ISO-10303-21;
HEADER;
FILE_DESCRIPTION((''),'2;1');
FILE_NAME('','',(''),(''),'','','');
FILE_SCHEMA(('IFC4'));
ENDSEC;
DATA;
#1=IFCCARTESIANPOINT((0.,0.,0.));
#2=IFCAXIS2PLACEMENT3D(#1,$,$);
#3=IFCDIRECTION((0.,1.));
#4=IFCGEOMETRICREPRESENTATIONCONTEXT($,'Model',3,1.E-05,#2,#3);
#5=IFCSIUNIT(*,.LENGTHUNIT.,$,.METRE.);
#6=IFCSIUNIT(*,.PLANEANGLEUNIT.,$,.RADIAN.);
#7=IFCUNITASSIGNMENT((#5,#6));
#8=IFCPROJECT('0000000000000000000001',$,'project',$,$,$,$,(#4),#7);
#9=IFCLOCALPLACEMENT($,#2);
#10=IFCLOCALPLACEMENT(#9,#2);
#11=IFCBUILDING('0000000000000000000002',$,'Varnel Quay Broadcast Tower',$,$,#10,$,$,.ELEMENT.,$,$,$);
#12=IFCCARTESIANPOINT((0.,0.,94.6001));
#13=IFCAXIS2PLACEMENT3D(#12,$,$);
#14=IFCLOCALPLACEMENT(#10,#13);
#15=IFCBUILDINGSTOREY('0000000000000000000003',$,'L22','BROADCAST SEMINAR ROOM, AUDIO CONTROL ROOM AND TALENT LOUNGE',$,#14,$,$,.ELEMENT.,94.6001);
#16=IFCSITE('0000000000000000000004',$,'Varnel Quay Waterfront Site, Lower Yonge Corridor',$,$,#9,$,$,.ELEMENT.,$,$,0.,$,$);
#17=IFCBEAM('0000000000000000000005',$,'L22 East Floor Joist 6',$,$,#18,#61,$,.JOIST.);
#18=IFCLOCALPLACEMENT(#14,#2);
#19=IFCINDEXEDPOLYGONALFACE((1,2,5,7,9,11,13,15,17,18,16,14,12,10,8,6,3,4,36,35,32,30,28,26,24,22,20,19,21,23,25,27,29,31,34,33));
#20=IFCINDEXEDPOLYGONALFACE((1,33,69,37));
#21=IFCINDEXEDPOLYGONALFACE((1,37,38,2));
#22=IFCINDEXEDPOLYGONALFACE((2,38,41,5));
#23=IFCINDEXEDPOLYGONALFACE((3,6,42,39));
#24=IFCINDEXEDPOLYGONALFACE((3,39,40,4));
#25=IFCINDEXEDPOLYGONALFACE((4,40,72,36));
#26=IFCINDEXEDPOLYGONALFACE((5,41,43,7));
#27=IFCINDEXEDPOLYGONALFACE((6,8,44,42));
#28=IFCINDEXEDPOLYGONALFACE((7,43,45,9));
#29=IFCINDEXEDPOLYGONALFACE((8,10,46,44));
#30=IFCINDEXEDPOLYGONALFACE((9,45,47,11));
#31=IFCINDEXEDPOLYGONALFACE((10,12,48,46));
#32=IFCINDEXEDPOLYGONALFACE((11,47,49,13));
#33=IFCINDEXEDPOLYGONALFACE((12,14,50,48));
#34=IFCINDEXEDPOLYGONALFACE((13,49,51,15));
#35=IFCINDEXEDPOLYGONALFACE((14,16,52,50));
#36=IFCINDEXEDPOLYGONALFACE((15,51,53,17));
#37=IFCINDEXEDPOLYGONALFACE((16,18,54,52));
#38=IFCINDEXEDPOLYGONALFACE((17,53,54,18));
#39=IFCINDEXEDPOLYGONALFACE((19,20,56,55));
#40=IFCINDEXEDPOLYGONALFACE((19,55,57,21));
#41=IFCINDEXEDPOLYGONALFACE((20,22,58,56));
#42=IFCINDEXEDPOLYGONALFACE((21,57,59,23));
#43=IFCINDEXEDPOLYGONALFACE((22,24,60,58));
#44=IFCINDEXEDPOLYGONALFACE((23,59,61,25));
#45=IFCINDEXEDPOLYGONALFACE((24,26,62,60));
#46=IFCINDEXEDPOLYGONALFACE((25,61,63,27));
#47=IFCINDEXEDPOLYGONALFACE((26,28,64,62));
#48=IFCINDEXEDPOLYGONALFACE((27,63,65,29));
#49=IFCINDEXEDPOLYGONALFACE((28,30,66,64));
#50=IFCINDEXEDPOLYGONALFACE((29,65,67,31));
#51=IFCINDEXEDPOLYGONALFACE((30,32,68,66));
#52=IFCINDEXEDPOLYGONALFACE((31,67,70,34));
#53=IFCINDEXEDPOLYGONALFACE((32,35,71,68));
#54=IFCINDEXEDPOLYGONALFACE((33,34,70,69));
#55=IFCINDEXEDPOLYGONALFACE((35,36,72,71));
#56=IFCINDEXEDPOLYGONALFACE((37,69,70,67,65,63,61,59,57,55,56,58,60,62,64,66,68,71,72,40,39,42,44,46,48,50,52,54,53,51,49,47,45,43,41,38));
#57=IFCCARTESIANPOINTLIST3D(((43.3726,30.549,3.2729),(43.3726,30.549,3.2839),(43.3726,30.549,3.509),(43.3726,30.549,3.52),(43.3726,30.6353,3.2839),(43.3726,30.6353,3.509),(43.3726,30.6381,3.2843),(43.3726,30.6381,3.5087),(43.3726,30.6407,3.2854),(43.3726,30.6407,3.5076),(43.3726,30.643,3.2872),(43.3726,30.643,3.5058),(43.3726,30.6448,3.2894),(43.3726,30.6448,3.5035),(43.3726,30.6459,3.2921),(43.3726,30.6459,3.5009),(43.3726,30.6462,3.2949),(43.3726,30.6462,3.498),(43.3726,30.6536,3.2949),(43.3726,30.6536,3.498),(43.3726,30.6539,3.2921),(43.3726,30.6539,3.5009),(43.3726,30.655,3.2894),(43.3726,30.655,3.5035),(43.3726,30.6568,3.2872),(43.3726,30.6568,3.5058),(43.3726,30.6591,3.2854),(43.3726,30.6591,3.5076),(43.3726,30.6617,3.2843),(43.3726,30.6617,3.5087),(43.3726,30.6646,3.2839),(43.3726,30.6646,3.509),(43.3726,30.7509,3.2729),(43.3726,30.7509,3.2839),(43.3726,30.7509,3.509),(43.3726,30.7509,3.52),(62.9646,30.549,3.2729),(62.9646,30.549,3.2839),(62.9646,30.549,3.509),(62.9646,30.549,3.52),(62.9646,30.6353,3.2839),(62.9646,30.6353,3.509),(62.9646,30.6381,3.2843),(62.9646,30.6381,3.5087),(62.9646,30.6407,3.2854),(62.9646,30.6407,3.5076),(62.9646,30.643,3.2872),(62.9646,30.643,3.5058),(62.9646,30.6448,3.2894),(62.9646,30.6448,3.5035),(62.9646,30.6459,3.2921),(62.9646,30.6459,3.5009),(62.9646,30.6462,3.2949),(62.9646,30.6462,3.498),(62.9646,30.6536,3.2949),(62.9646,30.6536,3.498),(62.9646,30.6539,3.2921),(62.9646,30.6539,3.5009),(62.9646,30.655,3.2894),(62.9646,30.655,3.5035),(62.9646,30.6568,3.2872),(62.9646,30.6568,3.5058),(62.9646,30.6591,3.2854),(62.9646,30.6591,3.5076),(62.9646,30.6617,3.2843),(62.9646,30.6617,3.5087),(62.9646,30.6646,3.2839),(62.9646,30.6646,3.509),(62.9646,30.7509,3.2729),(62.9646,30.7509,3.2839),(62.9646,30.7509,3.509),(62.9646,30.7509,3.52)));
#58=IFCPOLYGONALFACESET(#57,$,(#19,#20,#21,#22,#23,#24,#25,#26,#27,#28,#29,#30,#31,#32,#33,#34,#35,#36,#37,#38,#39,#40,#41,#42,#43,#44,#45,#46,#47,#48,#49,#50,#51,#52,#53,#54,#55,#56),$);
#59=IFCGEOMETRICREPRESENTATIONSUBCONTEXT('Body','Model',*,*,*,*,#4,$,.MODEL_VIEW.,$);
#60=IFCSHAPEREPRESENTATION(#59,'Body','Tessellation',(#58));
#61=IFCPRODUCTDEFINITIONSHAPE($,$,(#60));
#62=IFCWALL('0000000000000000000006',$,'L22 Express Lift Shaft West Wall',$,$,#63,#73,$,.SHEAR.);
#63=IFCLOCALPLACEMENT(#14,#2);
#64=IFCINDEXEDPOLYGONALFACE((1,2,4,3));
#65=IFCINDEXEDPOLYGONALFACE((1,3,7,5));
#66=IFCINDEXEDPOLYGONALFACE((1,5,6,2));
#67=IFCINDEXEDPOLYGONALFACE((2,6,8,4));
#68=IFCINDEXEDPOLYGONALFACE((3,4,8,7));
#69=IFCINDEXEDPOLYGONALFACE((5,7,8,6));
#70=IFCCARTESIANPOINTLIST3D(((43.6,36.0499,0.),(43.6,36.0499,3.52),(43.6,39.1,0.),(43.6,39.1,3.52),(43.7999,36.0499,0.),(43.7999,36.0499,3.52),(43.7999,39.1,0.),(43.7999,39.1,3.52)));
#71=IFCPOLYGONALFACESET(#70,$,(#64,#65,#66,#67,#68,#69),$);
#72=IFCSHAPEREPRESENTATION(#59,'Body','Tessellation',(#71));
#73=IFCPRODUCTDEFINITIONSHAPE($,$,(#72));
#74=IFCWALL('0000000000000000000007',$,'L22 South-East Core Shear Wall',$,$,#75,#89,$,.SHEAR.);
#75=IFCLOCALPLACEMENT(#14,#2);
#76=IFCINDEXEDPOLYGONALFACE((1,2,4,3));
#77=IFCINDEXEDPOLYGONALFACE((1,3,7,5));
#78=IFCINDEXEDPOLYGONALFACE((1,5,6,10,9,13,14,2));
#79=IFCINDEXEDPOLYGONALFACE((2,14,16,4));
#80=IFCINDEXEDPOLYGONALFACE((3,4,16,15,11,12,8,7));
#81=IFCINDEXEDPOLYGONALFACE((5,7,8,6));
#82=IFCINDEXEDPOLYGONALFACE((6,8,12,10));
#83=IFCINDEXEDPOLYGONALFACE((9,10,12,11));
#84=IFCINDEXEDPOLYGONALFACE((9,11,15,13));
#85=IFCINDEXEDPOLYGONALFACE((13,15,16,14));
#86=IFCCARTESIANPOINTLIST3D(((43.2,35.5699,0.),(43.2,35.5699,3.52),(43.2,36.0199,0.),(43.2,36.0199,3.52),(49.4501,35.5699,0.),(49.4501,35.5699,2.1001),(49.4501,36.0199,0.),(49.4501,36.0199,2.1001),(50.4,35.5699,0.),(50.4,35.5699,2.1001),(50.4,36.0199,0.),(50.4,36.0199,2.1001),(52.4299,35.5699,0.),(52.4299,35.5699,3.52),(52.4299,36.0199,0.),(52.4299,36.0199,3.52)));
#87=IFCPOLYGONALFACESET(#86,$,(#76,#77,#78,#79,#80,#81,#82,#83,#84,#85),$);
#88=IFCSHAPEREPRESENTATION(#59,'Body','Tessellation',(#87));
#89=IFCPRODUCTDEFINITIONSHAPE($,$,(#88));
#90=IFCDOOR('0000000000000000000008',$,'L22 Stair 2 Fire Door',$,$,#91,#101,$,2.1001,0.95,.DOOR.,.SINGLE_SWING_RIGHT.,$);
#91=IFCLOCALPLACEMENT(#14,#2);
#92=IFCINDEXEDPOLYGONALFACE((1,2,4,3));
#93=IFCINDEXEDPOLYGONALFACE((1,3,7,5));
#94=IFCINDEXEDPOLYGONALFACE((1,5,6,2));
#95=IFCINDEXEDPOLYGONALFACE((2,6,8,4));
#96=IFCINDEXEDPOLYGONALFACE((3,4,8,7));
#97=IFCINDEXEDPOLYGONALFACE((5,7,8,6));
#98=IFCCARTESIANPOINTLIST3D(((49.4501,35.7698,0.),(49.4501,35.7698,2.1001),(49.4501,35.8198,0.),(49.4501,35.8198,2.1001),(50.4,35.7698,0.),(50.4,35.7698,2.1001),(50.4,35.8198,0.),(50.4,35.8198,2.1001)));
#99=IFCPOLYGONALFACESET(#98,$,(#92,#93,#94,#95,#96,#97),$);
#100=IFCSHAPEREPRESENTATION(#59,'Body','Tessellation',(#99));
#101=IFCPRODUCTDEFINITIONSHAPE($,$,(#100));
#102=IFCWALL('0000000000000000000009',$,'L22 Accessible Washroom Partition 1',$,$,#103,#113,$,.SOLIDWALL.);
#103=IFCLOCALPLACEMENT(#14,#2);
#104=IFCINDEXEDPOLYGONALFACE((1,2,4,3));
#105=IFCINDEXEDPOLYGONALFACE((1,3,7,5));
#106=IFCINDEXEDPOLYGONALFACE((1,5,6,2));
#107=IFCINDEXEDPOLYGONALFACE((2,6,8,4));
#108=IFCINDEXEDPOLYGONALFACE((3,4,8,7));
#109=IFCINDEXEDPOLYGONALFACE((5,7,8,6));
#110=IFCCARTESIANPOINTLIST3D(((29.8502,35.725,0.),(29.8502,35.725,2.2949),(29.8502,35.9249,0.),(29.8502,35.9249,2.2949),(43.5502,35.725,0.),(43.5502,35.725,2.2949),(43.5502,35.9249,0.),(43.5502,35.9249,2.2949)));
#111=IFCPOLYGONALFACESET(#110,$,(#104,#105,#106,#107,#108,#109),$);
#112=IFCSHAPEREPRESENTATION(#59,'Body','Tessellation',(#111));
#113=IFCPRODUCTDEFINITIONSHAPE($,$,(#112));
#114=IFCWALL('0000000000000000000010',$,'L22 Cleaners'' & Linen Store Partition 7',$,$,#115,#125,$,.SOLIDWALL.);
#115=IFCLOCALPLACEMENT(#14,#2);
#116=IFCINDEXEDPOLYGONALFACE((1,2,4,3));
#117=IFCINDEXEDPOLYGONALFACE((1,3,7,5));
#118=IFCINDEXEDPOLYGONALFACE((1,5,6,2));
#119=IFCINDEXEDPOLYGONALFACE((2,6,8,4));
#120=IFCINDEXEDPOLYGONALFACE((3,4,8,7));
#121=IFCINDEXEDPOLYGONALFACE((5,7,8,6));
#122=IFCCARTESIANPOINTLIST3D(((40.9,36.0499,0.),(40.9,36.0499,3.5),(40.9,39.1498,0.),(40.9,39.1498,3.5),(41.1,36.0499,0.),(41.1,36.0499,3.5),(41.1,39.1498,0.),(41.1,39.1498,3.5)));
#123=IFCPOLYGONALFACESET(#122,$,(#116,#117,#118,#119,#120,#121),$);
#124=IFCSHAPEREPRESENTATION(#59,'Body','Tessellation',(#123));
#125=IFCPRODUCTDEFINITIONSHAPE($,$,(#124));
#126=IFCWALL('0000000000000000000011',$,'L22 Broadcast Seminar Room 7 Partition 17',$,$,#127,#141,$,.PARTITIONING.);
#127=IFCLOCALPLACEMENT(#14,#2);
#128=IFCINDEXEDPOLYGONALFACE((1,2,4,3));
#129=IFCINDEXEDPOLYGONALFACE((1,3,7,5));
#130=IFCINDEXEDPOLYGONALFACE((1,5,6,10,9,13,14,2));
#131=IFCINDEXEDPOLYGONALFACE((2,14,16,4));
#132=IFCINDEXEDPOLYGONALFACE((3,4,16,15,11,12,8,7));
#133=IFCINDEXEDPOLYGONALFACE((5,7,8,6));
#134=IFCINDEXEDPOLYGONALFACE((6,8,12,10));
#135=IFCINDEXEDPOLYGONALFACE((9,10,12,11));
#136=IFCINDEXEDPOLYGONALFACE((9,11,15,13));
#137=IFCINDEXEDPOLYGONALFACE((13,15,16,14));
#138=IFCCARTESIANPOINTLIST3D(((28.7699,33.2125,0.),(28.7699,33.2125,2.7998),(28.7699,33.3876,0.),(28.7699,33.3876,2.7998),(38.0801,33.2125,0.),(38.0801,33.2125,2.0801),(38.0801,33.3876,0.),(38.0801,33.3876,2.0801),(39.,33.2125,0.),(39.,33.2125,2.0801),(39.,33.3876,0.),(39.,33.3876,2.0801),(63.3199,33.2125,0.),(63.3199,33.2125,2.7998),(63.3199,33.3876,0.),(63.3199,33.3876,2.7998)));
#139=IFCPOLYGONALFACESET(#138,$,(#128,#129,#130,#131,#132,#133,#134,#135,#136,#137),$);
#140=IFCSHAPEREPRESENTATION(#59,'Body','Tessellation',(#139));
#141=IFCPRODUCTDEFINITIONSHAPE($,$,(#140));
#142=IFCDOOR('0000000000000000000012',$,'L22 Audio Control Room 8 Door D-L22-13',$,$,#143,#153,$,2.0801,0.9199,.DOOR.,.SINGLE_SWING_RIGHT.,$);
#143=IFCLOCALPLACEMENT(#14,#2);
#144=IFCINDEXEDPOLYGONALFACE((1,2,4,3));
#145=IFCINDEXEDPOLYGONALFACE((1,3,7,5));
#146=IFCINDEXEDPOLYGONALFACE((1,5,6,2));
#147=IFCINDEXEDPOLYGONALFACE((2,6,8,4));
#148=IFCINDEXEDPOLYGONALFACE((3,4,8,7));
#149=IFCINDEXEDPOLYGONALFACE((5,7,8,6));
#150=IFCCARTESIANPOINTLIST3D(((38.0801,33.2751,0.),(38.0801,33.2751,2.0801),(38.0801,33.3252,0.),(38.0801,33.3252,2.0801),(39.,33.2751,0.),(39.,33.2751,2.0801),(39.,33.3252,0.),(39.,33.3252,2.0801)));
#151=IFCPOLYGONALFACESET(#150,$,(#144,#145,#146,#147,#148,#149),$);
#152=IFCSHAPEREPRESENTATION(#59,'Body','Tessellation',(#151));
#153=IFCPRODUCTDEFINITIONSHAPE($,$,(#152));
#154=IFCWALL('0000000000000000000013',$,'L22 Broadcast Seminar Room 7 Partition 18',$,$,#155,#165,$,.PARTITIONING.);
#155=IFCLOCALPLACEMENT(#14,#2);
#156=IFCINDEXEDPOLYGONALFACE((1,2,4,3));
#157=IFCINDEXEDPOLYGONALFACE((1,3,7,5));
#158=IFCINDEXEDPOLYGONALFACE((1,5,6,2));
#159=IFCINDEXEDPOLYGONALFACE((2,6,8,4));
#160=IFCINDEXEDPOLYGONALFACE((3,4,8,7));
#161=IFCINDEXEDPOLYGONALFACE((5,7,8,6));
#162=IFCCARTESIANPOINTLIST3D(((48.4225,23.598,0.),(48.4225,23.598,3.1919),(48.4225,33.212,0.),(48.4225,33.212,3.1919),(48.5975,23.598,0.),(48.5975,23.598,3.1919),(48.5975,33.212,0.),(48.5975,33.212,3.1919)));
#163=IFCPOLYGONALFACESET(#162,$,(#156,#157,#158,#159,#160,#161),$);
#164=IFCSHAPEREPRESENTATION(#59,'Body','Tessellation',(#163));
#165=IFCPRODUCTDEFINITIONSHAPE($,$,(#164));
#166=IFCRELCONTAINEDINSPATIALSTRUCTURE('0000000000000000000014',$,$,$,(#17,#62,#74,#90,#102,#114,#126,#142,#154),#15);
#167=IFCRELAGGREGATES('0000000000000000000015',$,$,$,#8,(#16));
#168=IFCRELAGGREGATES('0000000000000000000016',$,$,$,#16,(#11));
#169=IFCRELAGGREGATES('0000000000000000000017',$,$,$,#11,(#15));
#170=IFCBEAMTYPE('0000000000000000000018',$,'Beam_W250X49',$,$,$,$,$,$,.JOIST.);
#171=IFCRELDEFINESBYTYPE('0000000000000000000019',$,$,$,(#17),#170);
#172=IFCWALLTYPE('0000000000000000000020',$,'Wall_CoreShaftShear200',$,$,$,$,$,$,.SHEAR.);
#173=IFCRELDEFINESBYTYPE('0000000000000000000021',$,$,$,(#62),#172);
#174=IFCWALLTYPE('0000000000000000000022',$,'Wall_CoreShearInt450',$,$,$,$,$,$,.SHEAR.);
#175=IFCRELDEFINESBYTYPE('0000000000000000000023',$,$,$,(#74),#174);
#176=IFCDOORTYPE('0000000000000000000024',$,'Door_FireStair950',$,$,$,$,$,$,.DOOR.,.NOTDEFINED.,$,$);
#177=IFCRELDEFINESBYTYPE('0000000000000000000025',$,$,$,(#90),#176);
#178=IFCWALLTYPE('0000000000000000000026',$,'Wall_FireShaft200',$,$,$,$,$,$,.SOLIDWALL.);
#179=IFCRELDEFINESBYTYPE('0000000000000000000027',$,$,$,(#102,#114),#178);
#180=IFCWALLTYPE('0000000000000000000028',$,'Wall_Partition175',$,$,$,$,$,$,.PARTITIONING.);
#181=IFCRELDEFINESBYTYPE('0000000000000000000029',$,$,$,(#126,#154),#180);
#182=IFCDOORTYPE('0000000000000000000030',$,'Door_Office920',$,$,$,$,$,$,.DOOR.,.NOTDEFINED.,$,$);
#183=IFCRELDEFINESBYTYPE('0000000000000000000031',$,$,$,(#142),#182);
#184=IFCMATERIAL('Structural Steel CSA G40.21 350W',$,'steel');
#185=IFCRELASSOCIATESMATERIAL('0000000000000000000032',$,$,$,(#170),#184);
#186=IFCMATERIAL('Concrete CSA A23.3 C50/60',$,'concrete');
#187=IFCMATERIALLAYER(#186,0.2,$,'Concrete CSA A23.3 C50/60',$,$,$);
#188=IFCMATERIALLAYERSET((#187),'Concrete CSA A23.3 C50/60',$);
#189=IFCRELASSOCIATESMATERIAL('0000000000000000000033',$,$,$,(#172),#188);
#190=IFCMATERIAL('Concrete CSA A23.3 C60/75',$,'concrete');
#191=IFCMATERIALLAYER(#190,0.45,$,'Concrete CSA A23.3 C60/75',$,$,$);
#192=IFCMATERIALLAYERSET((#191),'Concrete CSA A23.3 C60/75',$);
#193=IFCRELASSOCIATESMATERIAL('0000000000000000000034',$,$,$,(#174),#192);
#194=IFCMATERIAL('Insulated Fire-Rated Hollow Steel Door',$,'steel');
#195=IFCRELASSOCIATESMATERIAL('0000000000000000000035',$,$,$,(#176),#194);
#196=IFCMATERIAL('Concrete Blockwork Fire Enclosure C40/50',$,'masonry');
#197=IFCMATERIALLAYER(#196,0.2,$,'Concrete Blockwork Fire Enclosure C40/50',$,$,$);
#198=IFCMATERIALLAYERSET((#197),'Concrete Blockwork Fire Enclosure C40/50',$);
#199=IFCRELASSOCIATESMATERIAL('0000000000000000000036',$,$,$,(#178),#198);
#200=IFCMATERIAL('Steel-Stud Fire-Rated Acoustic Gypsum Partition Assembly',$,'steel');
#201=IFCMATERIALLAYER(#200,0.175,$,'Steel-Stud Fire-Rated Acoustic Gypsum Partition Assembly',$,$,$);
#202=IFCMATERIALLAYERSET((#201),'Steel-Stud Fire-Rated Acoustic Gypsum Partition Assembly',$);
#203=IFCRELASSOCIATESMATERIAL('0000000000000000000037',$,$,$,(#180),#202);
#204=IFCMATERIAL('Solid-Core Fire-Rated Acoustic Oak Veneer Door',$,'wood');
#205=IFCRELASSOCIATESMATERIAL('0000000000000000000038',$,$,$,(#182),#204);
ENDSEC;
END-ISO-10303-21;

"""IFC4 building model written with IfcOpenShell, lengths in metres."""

from ifc_helpers import new_model, si_unit, direction, frame, frame_2d, origin, origin_2d, place, context, subcontext, project, spatial, rectangle, i_section, extrude, source, transform, mapped, material, layer, layer_set, material_profile, profile_set, type_object, type_shapes, element, fill, save


model = new_model("IFC4")

# Units and contexts
model_context = context("Model", 3, precision=1e-05, world=origin(), true_north=direction((0.0, 1.0)))
body_context = subcontext(model_context, "Body", "Model", "MODEL_VIEW")
ifc_project = project(units=[si_unit("LENGTHUNIT", "METRE"), si_unit("PLANEANGLEUNIT", "RADIAN")], contexts=[model_context])

# Site, building, storey
site_placement = place(None, origin())
site = spatial("IfcSite", under=ifc_project, at=site_placement, Name="Varnel Quay Waterfront Site, Lower Yonge Corridor", CompositionType="ELEMENT", RefElevation=0.0)
building_placement = place(site_placement, origin())
building = spatial("IfcBuilding", under=site, at=building_placement, Name="Varnel Quay Broadcast Tower", CompositionType="ELEMENT")
storey_placement = place(building_placement, frame((0.0, 0.0, 94.6001)))
storey = spatial("IfcBuildingStorey", under=building, at=storey_placement, Name="L22", Description="BROADCAST SEMINAR ROOM, AUDIO CONTROL ROOM AND TALENT LOUNGE", CompositionType="ELEMENT", Elevation=94.6001)

# Beam
ifc_material_1 = material(Name="Concrete CSA A23.3 C60/75", Category="concrete")
ifc_material_2 = material(Name="Structural Steel CSA G40.21 350W", Category="steel")
ifc_material_profile_1 = material_profile(ifc_material_2, i_section(OverallWidth=0.2019, OverallDepth=0.2471, WebThickness=0.0073, FlangeThickness=0.011, FilletRadius=0.011, at=origin_2d()), Name="W250X49")
ifc_profile_set_1 = profile_set([ifc_material_profile_1], Name="Structural Steel CSA G40.21 350W")
beam_type_1 = type_object("IfcBeamType", Name="Beam_W250X49", PredefinedType="JOIST", material=ifc_profile_set_1)
shared_shape_1 = source(origin(), body_context, "Body", "SweptSolid", [
    extrude(i_section(OverallWidth=0.2019, OverallDepth=0.2471, WebThickness=0.0073, FlangeThickness=0.011, FilletRadius=0.011, at=origin_2d()), origin(), (0.0, 0.0, 1.0), 19.592),
])
type_shapes(beam_type_1, [shared_shape_1])
beam_1_placement = place(storey_placement, frame((43.3726, 30.6499, 3.3965), z_axis=(1.0, 0.0, 0.0), x_axis=(0.0, 1.0, 0.0)))
element("IfcBeam", 1, at=beam_1_placement, inside=storey, type_object=beam_type_1, Name="L22 East Floor Joist 6", PredefinedType="JOIST", context=body_context, shape_type="MappedRepresentation", body=[
    mapped(shared_shape_1, transform((0.0, 0.0, 0.0), x_axis=(1.0, 0.0, 0.0), y_axis=(0.0, 1.0, 0.0), z_axis=(0.0, 0.0, 1.0), scale=1.0)),
])

# Wall
ifc_material_3 = material(Name="Concrete CSA A23.3 C50/60", Category="concrete")
ifc_layer_1 = layer(ifc_material_3, 0.2, Name="Concrete CSA A23.3 C50/60")
ifc_layer_set_1 = layer_set([ifc_layer_1], Name="Concrete CSA A23.3 C50/60")
wall_type_1 = type_object("IfcWallType", Name="Wall_CoreShaftShear200", PredefinedType="SHEAR", material=ifc_layer_set_1)
wall_1_placement = place(storey_placement, frame((43.7, 36.05, 0.0), z_axis=(0.0, 0.0, 1.0), x_axis=(0.0, 1.0, 0.0)))
element("IfcWall", 2, at=wall_1_placement, inside=storey, type_object=wall_type_1, Name="L22 Express Lift Shaft West Wall", PredefinedType="SHEAR", context=body_context, shape_type="SweptSolid", body=[
    extrude(rectangle(XDim=3.05, YDim=0.2, at=frame_2d((1.5249, 0.0))), origin(), (0.0, 0.0, 1.0), 3.52),
])

# Wall, opening, door
ifc_layer_2 = layer(ifc_material_1, 0.45, Name="Concrete CSA A23.3 C60/75")
ifc_layer_set_2 = layer_set([ifc_layer_2], Name="Concrete CSA A23.3 C60/75")
wall_type_2 = type_object("IfcWallType", Name="Wall_CoreShearInt450", PredefinedType="SHEAR", material=ifc_layer_set_2)
wall_2_placement = place(storey_placement, frame((43.2, 35.7949, 0.0), z_axis=(0.0, 0.0, 1.0), x_axis=(1.0, 0.0, 0.0)))
wall_2 = element("IfcWall", 3, at=wall_2_placement, inside=storey, type_object=wall_type_2, Name="L22 South-East Core Shear Wall", PredefinedType="SHEAR", context=body_context, shape_type="SweptSolid", body=[
    extrude(rectangle(XDim=9.23, YDim=0.45, at=frame_2d((4.615, 0.0))), origin(), (0.0, 0.0, 1.0), 3.52),
])
opening_1_placement = place(wall_2_placement, frame((6.25, 0.0, 0.0)))
opening_1 = element("IfcOpeningElement", 4, at=opening_1_placement, cuts=wall_2, PredefinedType="OPENING", context=body_context, shape_type="SweptSolid", body=[
    extrude(rectangle(XDim=0.95, YDim=2.1001, at=frame_2d((0.4751, 1.05))), frame((0.0, 0.2349, 0.0), z_axis=(0.0, -1.0, 0.0), x_axis=(1.0, 0.0, 0.0)), (0.0, 0.0, 1.0), 0.47),
])
ifc_material_4 = material(Name="Insulated Fire-Rated Hollow Steel Door", Category="steel")
door_type_1 = type_object("IfcDoorType", Name="Door_FireStair950", OperationType="NOTDEFINED", PredefinedType="DOOR", material=ifc_material_4)
shared_shape_2 = source(origin(), body_context, "Body", "SweptSolid", [
    extrude(rectangle(XDim=0.95, YDim=2.1001, at=frame_2d((0.4751, 1.05))), frame((0.0, 0.0249, 0.0), z_axis=(0.0, -1.0, 0.0), x_axis=(1.0, 0.0, 0.0)), (0.0, 0.0, 1.0), 0.05),
])
type_shapes(door_type_1, [shared_shape_2])
door_1_placement = place(opening_1_placement, origin())
door_1 = element("IfcDoor", 5, at=door_1_placement, inside=storey, type_object=door_type_1, Name="L22 Stair 2 Fire Door", OperationType="SINGLE_SWING_RIGHT", OverallHeight=2.1001, OverallWidth=0.95, PredefinedType="DOOR", context=body_context, shape_type="MappedRepresentation", body=[
    mapped(shared_shape_2, transform((0.0, 0.0, 0.0), x_axis=(1.0, 0.0, 0.0), y_axis=(0.0, 1.0, 0.0), z_axis=(0.0, 0.0, 1.0), scale=1.0)),
])
fill(opening_1, door_1)

# Walls
ifc_material_5 = material(Name="Concrete Blockwork Fire Enclosure C40/50", Category="masonry")
ifc_layer_3 = layer(ifc_material_5, 0.2, Name="Concrete Blockwork Fire Enclosure C40/50")
ifc_layer_set_3 = layer_set([ifc_layer_3], Name="Concrete Blockwork Fire Enclosure C40/50")
wall_type_3 = type_object("IfcWallType", Name="Wall_FireShaft200", PredefinedType="SOLIDWALL", material=ifc_layer_set_3)
wall_3_placement = place(storey_placement, frame((29.8501, 35.825, 0.0), z_axis=(0.0, 0.0, 1.0), x_axis=(1.0, 0.0, 0.0)))
element("IfcWall", 6, at=wall_3_placement, inside=storey, type_object=wall_type_3, Name="L22 Accessible Washroom Partition 1", PredefinedType="SOLIDWALL", context=body_context, shape_type="SweptSolid", body=[
    extrude(rectangle(XDim=13.7, YDim=0.2, at=frame_2d((6.8501, 0.0))), origin(), (0.0, 0.0, 1.0), 2.2949),
])
wall_4_placement = place(storey_placement, frame((41.0, 36.05, 0.0), z_axis=(0.0, 0.0, 1.0), x_axis=(0.0, 1.0, 0.0)))
element("IfcWall", 7, at=wall_4_placement, inside=storey, type_object=wall_type_3, Name="L22 Cleaners' & Linen Store Partition 7", PredefinedType="SOLIDWALL", context=body_context, shape_type="SweptSolid", body=[
    extrude(rectangle(XDim=3.0999, YDim=0.2, at=frame_2d((1.5498, 0.0))), origin(), (0.0, 0.0, 1.0), 3.5),
])

# Wall, opening, door
ifc_material_6 = material(Name="Steel-Stud Fire-Rated Acoustic Gypsum Partition Assembly", Category="steel")
ifc_layer_4 = layer(ifc_material_6, 0.175, Name="Steel-Stud Fire-Rated Acoustic Gypsum Partition Assembly")
ifc_layer_set_4 = layer_set([ifc_layer_4], Name="Steel-Stud Fire-Rated Acoustic Gypsum Partition Assembly")
wall_type_4 = type_object("IfcWallType", Name="Wall_Partition175", PredefinedType="PARTITIONING", material=ifc_layer_set_4)
wall_5_placement = place(storey_placement, frame((28.77, 33.3, 0.0), z_axis=(0.0, 0.0, 1.0), x_axis=(1.0, 0.0, 0.0)))
wall_5 = element("IfcWall", 8, at=wall_5_placement, inside=storey, type_object=wall_type_4, Name="L22 Broadcast Seminar Room 7 Partition 17", PredefinedType="PARTITIONING", context=body_context, shape_type="SweptSolid", body=[
    extrude(rectangle(XDim=34.55, YDim=0.175, at=frame_2d((17.2749, 0.0))), origin(), (0.0, 0.0, 1.0), 2.7998),
])
opening_2_placement = place(wall_5_placement, frame((9.3101, 0.0, 0.0)))
opening_2 = element("IfcOpeningElement", 9, at=opening_2_placement, cuts=wall_5, PredefinedType="OPENING", context=body_context, shape_type="SweptSolid", body=[
    extrude(rectangle(XDim=0.9199, YDim=2.0801, at=frame_2d((0.46, 1.04))), frame((0.0, 0.0977, 0.0), z_axis=(0.0, -1.0, 0.0), x_axis=(1.0, 0.0, 0.0)), (0.0, 0.0, 1.0), 0.1951),
])
ifc_material_7 = material(Name="Solid-Core Fire-Rated Acoustic Oak Veneer Door", Category="wood")
door_type_2 = type_object("IfcDoorType", Name="Door_Office920", OperationType="NOTDEFINED", PredefinedType="DOOR", material=ifc_material_7)
shared_shape_3 = source(origin(), body_context, "Body", "SweptSolid", [
    extrude(rectangle(XDim=0.9199, YDim=2.0801, at=frame_2d((0.46, 1.04))), frame((0.0, 0.0249, 0.0), z_axis=(0.0, -1.0, 0.0), x_axis=(1.0, 0.0, 0.0)), (0.0, 0.0, 1.0), 0.05),
])
type_shapes(door_type_2, [shared_shape_3])
door_2_placement = place(opening_2_placement, frame((0.9199, 0.0, 0.0), z_axis=(0.0, 0.0, 1.0), x_axis=(-1.0, 0.0, 0.0)))
door_2 = element("IfcDoor", 10, at=door_2_placement, inside=storey, type_object=door_type_2, Name="L22 Audio Control Room 8 Door D-L22-13", OperationType="SINGLE_SWING_RIGHT", OverallHeight=2.0801, OverallWidth=0.9199, PredefinedType="DOOR", context=body_context, shape_type="MappedRepresentation", body=[
    mapped(shared_shape_3, transform((0.0, 0.0, 0.0), x_axis=(1.0, 0.0, 0.0), y_axis=(0.0, 1.0, 0.0), z_axis=(0.0, 0.0, 1.0), scale=1.0)),
])
fill(opening_2, door_2)

# Wall
wall_6_placement = place(storey_placement, frame((48.51, 23.5979, 0.0), z_axis=(0.0, 0.0, 1.0), x_axis=(0.0, 1.0, 0.0)))
element("IfcWall", 11, at=wall_6_placement, inside=storey, type_object=wall_type_4, Name="L22 Broadcast Seminar Room 7 Partition 18", PredefinedType="PARTITIONING", context=body_context, shape_type="SweptSolid", body=[
    extrude(rectangle(XDim=9.614, YDim=0.175, at=frame_2d((4.8071, 0.0))), origin(), (0.0, 0.0, 1.0), 3.1919),
])

save(model, "model.ifc")
